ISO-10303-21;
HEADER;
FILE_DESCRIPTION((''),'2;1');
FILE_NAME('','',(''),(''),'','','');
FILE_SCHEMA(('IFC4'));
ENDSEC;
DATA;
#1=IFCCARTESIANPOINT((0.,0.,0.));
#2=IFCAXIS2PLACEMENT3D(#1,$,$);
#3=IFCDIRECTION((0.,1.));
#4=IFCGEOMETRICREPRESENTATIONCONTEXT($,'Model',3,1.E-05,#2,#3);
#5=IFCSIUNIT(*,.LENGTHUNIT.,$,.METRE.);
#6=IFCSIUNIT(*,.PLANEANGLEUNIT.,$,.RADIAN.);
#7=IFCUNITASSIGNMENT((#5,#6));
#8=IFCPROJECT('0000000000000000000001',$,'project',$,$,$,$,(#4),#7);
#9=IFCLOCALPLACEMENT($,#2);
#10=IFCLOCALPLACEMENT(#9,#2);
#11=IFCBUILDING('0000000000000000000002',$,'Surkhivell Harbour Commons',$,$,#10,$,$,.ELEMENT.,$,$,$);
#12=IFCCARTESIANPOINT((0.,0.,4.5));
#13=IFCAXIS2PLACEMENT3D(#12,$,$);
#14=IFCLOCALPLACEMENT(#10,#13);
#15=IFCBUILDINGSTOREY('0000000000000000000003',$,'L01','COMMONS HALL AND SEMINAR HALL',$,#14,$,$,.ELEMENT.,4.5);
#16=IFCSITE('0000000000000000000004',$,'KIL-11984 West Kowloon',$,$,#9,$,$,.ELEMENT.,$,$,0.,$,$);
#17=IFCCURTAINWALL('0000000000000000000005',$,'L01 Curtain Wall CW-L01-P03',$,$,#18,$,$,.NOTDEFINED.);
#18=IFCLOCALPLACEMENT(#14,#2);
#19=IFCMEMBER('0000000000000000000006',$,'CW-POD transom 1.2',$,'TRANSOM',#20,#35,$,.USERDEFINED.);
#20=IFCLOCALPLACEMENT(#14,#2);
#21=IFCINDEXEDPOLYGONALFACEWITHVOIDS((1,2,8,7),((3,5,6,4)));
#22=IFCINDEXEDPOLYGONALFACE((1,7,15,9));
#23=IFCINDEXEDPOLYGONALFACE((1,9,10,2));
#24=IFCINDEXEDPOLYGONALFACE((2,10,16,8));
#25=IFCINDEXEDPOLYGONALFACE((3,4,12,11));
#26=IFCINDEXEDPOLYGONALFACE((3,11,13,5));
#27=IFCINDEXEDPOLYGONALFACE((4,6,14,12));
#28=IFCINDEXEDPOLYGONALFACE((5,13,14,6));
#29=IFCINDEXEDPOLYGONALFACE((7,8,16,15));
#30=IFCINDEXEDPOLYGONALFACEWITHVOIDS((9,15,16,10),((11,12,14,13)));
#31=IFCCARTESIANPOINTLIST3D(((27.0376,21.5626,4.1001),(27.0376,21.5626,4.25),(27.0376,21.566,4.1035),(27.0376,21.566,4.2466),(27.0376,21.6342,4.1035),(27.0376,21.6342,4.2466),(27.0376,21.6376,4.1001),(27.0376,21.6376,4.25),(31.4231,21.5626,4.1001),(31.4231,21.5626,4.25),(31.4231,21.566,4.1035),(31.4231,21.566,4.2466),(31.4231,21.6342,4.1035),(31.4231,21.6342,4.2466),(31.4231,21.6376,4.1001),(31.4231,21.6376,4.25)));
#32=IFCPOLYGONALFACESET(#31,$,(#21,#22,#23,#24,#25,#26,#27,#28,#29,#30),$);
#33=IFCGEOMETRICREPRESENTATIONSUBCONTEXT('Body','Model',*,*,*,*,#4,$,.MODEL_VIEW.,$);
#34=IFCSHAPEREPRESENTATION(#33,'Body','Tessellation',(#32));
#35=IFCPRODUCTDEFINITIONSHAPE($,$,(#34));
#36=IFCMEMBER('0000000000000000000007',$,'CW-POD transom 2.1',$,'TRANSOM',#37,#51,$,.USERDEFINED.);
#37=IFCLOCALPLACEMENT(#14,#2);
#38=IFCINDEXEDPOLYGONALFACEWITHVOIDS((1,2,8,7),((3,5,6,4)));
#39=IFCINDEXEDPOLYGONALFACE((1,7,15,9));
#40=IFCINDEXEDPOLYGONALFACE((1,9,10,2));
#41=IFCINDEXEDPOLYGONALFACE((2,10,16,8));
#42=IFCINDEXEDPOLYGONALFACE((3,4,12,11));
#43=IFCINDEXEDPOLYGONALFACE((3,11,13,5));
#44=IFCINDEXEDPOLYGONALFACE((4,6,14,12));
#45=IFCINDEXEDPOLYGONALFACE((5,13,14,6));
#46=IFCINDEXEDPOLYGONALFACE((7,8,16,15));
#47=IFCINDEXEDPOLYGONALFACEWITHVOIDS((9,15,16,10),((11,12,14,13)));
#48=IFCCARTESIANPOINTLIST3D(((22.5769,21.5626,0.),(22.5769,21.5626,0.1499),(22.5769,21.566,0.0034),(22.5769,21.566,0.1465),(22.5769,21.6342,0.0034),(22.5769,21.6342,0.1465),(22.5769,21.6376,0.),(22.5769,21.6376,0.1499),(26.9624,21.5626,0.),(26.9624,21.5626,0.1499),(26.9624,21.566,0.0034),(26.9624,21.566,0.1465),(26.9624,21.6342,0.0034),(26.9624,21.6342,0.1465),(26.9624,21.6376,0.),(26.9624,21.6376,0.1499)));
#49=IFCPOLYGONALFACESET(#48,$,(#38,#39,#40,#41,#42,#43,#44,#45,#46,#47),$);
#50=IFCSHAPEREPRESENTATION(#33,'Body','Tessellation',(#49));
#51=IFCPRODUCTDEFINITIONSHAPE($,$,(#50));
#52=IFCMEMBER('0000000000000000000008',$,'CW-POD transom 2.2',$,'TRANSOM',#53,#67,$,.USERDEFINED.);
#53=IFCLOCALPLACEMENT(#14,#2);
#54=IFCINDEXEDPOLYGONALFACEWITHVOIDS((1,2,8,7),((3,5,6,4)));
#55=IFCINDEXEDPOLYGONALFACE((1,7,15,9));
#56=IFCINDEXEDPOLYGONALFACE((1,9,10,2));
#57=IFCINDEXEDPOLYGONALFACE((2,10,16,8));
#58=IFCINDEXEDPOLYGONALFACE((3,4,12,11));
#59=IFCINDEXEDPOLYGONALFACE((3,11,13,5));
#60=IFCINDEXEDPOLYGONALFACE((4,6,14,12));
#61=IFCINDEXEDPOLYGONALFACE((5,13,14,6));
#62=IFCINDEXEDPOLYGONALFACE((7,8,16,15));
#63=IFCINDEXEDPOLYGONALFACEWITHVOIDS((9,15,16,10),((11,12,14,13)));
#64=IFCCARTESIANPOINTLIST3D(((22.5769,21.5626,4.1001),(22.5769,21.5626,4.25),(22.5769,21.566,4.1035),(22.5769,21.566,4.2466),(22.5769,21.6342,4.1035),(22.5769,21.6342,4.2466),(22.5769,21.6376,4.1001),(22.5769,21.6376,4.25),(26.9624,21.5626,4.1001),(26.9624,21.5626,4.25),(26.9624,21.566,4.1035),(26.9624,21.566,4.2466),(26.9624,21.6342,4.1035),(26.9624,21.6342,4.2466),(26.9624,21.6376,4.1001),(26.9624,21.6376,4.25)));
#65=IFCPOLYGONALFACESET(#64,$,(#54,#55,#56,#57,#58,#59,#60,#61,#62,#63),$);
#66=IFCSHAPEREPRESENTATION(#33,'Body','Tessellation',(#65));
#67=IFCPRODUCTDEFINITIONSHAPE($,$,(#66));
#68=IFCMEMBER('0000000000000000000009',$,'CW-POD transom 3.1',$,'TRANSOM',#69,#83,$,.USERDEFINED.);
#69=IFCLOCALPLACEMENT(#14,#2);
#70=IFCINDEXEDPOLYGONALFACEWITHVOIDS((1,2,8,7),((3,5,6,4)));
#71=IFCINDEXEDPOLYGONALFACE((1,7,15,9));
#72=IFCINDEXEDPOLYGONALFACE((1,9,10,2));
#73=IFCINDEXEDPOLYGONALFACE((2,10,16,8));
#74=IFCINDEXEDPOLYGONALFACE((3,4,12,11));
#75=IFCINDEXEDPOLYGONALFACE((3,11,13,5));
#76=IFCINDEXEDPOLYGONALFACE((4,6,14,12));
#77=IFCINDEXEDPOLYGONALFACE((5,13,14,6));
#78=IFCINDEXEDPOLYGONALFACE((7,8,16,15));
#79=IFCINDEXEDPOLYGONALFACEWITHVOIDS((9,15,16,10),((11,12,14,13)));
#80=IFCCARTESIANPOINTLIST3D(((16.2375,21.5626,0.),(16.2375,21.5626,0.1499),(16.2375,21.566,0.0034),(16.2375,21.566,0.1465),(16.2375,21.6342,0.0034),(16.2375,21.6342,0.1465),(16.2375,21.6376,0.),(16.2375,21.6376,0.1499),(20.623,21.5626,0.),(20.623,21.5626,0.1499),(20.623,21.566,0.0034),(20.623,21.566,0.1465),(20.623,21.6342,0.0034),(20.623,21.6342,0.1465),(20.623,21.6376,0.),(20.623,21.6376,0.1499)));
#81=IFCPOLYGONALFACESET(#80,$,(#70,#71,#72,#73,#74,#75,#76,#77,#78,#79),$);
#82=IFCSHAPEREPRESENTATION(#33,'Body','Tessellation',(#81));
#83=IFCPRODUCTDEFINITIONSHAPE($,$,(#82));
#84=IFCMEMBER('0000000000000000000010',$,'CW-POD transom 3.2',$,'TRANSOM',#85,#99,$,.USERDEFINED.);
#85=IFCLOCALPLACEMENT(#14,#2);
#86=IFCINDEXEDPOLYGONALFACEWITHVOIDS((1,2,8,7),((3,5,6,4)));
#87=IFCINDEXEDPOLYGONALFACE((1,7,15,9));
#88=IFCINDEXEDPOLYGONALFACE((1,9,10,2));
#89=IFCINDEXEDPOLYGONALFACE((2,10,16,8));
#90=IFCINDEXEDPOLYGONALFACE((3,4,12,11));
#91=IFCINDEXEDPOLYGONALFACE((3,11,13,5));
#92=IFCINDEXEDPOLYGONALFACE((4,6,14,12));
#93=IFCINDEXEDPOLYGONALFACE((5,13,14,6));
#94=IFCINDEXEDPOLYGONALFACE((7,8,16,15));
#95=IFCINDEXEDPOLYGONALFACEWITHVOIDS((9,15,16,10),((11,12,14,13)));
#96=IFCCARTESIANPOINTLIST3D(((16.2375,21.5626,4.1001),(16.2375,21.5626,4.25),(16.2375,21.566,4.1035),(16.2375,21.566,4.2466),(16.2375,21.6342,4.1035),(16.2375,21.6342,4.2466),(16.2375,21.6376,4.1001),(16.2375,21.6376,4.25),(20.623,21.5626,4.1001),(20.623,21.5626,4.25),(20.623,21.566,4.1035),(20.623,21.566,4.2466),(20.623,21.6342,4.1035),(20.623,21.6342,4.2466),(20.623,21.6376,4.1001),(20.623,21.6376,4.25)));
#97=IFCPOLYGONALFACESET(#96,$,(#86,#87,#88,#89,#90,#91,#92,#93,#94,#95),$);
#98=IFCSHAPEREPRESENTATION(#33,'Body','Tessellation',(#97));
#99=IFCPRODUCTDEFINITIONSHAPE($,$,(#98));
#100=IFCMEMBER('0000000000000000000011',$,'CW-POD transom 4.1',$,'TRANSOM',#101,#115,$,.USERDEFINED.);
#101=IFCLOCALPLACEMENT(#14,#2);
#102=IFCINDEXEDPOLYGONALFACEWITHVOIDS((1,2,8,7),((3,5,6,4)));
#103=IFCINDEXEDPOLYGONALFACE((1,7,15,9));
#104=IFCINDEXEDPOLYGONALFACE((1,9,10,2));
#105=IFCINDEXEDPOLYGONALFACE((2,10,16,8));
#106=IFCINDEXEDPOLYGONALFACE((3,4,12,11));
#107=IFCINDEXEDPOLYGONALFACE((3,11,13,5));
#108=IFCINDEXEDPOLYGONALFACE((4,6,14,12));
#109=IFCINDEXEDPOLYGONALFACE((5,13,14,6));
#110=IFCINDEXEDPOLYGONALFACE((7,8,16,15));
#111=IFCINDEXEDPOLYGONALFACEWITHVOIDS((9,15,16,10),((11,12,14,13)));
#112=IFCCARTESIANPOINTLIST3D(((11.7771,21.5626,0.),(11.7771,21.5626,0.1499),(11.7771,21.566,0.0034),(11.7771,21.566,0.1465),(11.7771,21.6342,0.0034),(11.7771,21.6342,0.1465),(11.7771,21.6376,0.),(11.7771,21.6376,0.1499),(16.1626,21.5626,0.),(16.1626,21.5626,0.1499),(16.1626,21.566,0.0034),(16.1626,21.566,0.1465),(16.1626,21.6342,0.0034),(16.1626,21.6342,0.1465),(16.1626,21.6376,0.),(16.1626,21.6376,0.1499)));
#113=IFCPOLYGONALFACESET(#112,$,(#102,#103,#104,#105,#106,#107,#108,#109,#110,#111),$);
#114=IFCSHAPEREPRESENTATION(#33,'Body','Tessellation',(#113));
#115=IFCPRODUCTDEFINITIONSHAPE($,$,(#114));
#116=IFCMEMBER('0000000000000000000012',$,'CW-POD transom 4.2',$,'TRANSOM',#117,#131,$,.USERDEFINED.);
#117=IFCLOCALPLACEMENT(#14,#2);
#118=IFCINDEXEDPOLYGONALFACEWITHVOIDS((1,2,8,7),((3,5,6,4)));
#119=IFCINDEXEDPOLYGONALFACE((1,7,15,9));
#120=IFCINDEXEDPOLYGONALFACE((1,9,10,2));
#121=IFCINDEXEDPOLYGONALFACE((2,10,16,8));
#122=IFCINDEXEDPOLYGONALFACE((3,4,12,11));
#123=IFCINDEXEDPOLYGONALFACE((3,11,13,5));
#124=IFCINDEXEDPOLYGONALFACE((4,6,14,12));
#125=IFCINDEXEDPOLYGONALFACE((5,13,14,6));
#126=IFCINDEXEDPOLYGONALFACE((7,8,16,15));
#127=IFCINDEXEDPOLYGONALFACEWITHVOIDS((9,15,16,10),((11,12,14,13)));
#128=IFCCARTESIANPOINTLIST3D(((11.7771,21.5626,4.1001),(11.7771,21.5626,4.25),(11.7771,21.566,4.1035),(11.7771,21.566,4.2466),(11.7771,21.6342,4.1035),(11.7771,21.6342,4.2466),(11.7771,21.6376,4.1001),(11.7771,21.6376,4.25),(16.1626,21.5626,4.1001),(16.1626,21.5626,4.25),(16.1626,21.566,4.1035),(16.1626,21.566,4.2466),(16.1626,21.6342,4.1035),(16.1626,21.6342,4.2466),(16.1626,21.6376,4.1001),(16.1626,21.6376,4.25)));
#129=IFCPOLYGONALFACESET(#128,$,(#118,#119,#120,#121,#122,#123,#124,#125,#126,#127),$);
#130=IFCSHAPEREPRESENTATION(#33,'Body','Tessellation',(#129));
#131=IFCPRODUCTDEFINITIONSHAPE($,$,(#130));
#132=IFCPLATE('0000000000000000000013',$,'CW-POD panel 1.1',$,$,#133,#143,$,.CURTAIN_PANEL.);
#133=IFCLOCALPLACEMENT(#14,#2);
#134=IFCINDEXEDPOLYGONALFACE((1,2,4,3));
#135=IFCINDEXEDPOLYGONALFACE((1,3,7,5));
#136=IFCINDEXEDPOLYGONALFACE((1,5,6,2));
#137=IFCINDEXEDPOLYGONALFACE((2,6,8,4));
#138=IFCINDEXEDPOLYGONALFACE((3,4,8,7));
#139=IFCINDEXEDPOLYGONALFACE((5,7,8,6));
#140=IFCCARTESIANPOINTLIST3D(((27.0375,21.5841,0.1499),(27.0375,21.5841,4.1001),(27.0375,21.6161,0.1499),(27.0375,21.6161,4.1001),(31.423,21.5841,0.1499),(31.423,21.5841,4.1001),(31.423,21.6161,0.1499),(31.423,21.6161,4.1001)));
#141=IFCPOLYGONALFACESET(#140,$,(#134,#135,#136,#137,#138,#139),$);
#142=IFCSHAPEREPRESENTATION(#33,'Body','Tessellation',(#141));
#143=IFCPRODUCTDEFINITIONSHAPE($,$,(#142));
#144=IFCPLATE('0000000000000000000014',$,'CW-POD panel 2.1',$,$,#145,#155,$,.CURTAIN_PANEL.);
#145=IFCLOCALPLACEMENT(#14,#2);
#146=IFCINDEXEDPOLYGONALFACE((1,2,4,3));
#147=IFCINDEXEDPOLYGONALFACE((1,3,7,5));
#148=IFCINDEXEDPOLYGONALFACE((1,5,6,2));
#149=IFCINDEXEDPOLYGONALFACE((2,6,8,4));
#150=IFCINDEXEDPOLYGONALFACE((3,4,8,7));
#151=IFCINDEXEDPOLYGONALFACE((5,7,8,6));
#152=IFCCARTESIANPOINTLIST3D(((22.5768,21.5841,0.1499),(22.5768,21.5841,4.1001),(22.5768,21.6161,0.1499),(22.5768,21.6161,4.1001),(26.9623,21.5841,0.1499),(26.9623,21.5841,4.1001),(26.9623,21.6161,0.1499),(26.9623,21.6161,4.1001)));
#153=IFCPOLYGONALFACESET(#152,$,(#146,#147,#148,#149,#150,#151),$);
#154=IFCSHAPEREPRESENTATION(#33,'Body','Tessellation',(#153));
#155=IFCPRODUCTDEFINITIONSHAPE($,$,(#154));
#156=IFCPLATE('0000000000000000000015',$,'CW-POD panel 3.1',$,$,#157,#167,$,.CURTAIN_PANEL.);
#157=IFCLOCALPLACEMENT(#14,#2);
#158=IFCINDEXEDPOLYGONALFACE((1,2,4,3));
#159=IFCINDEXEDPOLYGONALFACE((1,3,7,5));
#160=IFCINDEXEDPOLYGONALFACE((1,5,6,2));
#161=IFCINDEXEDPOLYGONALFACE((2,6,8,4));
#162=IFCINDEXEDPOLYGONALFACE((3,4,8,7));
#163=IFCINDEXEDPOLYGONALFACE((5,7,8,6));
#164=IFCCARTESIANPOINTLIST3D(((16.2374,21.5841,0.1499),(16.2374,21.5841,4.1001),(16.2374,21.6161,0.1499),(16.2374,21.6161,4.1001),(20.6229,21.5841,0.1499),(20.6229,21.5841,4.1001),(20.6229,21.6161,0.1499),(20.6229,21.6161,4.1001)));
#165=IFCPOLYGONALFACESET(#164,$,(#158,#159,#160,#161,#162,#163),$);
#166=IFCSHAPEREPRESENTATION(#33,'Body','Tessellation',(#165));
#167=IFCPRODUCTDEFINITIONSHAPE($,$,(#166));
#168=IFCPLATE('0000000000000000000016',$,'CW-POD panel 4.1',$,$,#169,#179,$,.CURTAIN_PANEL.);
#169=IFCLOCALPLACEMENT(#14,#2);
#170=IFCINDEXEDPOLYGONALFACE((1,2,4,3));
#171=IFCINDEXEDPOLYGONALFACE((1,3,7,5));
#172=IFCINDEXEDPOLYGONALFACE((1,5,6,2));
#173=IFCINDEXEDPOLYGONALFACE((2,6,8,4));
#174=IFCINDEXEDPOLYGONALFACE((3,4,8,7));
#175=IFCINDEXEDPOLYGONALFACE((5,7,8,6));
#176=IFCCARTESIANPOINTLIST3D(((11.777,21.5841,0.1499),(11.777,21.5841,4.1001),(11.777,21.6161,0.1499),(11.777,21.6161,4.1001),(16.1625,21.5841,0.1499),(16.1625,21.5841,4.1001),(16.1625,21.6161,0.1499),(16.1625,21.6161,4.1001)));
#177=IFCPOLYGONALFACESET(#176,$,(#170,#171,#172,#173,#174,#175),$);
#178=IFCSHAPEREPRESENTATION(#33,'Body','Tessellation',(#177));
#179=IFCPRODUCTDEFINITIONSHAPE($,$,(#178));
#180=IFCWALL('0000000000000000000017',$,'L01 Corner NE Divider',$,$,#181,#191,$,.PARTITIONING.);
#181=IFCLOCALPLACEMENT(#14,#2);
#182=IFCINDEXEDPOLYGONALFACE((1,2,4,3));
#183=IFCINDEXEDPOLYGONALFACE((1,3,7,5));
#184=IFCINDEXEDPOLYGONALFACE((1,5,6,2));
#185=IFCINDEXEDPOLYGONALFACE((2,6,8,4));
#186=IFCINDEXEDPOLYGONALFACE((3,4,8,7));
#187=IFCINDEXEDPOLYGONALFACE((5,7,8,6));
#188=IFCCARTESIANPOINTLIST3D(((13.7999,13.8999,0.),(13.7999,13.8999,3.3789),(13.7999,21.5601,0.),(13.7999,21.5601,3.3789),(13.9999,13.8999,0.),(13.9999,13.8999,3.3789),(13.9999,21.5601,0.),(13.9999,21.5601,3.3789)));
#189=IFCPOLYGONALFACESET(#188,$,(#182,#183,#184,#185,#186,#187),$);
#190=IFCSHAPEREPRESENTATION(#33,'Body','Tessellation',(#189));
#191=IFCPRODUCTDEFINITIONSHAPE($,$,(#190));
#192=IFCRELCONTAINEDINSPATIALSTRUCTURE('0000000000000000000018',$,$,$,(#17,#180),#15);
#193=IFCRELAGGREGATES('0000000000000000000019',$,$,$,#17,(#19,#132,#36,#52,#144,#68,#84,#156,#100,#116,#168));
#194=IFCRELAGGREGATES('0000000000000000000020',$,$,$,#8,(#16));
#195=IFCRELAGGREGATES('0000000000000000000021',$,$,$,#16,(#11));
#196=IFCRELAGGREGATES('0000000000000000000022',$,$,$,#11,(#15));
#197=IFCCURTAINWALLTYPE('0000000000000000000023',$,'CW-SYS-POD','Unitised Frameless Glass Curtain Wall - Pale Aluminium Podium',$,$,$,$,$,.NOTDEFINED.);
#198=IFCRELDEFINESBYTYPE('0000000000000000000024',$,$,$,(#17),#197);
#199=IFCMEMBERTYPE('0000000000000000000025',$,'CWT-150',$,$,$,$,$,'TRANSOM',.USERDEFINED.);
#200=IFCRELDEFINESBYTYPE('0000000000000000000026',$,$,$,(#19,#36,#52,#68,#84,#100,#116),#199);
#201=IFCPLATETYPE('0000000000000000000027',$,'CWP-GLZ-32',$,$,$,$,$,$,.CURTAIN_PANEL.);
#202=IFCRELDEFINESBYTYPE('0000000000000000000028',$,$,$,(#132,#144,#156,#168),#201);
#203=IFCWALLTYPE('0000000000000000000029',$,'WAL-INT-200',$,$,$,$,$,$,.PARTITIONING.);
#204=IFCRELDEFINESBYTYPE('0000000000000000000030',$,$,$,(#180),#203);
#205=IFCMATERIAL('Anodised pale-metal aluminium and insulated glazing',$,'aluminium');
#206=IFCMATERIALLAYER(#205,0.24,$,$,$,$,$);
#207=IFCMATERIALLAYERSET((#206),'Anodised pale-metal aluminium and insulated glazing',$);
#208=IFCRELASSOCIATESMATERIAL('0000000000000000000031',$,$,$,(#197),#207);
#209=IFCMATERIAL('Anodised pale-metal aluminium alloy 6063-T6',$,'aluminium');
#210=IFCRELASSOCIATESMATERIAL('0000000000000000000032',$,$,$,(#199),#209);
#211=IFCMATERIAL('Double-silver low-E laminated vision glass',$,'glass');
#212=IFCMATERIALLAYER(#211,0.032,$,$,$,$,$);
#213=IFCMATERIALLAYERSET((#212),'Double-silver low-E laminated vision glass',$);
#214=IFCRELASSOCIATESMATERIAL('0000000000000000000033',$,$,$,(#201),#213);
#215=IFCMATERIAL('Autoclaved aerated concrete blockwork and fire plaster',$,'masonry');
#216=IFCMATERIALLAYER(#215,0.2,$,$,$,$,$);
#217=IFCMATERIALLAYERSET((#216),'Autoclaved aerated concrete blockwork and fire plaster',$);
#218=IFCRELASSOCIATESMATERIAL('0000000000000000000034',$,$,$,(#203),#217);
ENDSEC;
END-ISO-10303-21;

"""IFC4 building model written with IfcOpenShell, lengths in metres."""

from ifc_helpers import new_model, si_unit, direction, frame, frame_2d, origin, origin_2d, place, context, subcontext, project, spatial, rectangle, hollow_rectangle, extrude, material, layer, layer_set, material_profile, profile_set, type_object, element, aggregate, save


model = new_model("IFC4")

# Units and contexts
model_context = context("Model", 3, precision=1e-05, world=origin(), true_north=direction((0.0, 1.0)))
body_context = subcontext(model_context, "Body", "Model", "MODEL_VIEW")
ifc_project = project(units=[si_unit("LENGTHUNIT", "METRE"), si_unit("PLANEANGLEUNIT", "RADIAN")], contexts=[model_context])

# Site, building, storey
site_placement = place(None, origin())
site = spatial("IfcSite", under=ifc_project, at=site_placement, Name="KIL-11984 West Kowloon", CompositionType="ELEMENT", RefElevation=0.0)
building_placement = place(site_placement, origin())
building = spatial("IfcBuilding", under=site, at=building_placement, Name="Surkhivell Harbour Commons", CompositionType="ELEMENT")
storey_placement = place(building_placement, frame((0.0, 0.0, 4.5)))
storey = spatial("IfcBuildingStorey", under=building, at=storey_placement, Name="L01", Description="COMMONS HALL AND SEMINAR HALL", CompositionType="ELEMENT", Elevation=4.5)

# Curtain wall, members, plates
ifc_material_1 = material(Name="Anodised pale-metal aluminium and insulated glazing", Category="aluminium")
ifc_layer_1 = layer(ifc_material_1, 0.24)
ifc_layer_set_1 = layer_set([ifc_layer_1], Name="Anodised pale-metal aluminium and insulated glazing")
curtain_wall_type = type_object("IfcCurtainWallType", Name="CW-SYS-POD", Description="Unitised Frameless Glass Curtain Wall - Pale Aluminium Podium", PredefinedType="NOTDEFINED", material=ifc_layer_set_1)
curtain_wall_placement = place(storey_placement, origin())
curtain_wall = element("IfcCurtainWall", 1, at=curtain_wall_placement, inside=storey, type_object=curtain_wall_type, Name="L01 Curtain Wall CW-L01-P03", PredefinedType="NOTDEFINED")
ifc_material_2 = material(Name="Anodised pale-metal aluminium alloy 6063-T6", Category="aluminium")
ifc_material_profile_1 = material_profile(ifc_material_2, hollow_rectangle(XDim=0.075, YDim=0.1499, WallThickness=0.0034, at=origin_2d()), Name="ALU-TRAN-75x150")
ifc_profile_set_1 = profile_set([ifc_material_profile_1], Name="Anodised pale-metal aluminium alloy 6063-T6")
member_type_1 = type_object("IfcMemberType", Name="CWT-150", ElementType="TRANSOM", PredefinedType="USERDEFINED", material=ifc_profile_set_1)
member_1_placement = place(storey_placement, frame((31.4231, 21.6001, 4.175), z_axis=(-1.0, 0.0, 0.0), x_axis=(0.0, -1.0, 0.0)))
member_1 = element("IfcMember", 2, at=member_1_placement, type_object=member_type_1, Name="CW-POD transom 1.2", ObjectType="TRANSOM", PredefinedType="USERDEFINED", context=body_context, shape_type="SweptSolid", body=[
    extrude(hollow_rectangle(XDim=0.075, YDim=0.1499, WallThickness=0.0034, at=origin_2d()), origin(), (0.0, 0.0, 1.0), 4.3855),
])
member_2_placement = place(storey_placement, frame((26.9624, 21.6001, 0.075), z_axis=(-1.0, 0.0, 0.0), x_axis=(0.0, -1.0, 0.0)))
member_2 = element("IfcMember", 3, at=member_2_placement, type_object=member_type_1, Name="CW-POD transom 2.1", ObjectType="TRANSOM", PredefinedType="USERDEFINED", context=body_context, shape_type="SweptSolid", body=[
    extrude(hollow_rectangle(XDim=0.075, YDim=0.1499, WallThickness=0.0034, at=origin_2d()), origin(), (0.0, 0.0, 1.0), 4.3855),
])
member_3_placement = place(storey_placement, frame((26.9624, 21.6001, 4.175), z_axis=(-1.0, 0.0, 0.0), x_axis=(0.0, -1.0, 0.0)))
member_3 = element("IfcMember", 4, at=member_3_placement, type_object=member_type_1, Name="CW-POD transom 2.2", ObjectType="TRANSOM", PredefinedType="USERDEFINED", context=body_context, shape_type="SweptSolid", body=[
    extrude(hollow_rectangle(XDim=0.075, YDim=0.1499, WallThickness=0.0034, at=origin_2d()), origin(), (0.0, 0.0, 1.0), 4.3855),
])
member_4_placement = place(storey_placement, frame((20.623, 21.6001, 0.075), z_axis=(-1.0, 0.0, 0.0), x_axis=(0.0, -1.0, 0.0)))
member_4 = element("IfcMember", 5, at=member_4_placement, type_object=member_type_1, Name="CW-POD transom 3.1", ObjectType="TRANSOM", PredefinedType="USERDEFINED", context=body_context, shape_type="SweptSolid", body=[
    extrude(hollow_rectangle(XDim=0.075, YDim=0.1499, WallThickness=0.0034, at=origin_2d()), origin(), (0.0, 0.0, 1.0), 4.3855),
])
member_5_placement = place(storey_placement, frame((20.623, 21.6001, 4.175), z_axis=(-1.0, 0.0, 0.0), x_axis=(0.0, -1.0, 0.0)))
member_5 = element("IfcMember", 6, at=member_5_placement, type_object=member_type_1, Name="CW-POD transom 3.2", ObjectType="TRANSOM", PredefinedType="USERDEFINED", context=body_context, shape_type="SweptSolid", body=[
    extrude(hollow_rectangle(XDim=0.075, YDim=0.1499, WallThickness=0.0034, at=origin_2d()), origin(), (0.0, 0.0, 1.0), 4.3855),
])
member_6_placement = place(storey_placement, frame((16.1626, 21.6001, 0.075), z_axis=(-1.0, 0.0, 0.0), x_axis=(0.0, -1.0, 0.0)))
member_6 = element("IfcMember", 7, at=member_6_placement, type_object=member_type_1, Name="CW-POD transom 4.1", ObjectType="TRANSOM", PredefinedType="USERDEFINED", context=body_context, shape_type="SweptSolid", body=[
    extrude(hollow_rectangle(XDim=0.075, YDim=0.1499, WallThickness=0.0034, at=origin_2d()), origin(), (0.0, 0.0, 1.0), 4.3855),
])
member_7_placement = place(storey_placement, frame((16.1626, 21.6001, 4.175), z_axis=(-1.0, 0.0, 0.0), x_axis=(0.0, -1.0, 0.0)))
member_7 = element("IfcMember", 8, at=member_7_placement, type_object=member_type_1, Name="CW-POD transom 4.2", ObjectType="TRANSOM", PredefinedType="USERDEFINED", context=body_context, shape_type="SweptSolid", body=[
    extrude(hollow_rectangle(XDim=0.075, YDim=0.1499, WallThickness=0.0034, at=origin_2d()), origin(), (0.0, 0.0, 1.0), 4.3855),
])
ifc_material_3 = material(Name="Double-silver low-E laminated vision glass", Category="glass")
ifc_layer_2 = layer(ifc_material_3, 0.032)
ifc_layer_set_2 = layer_set([ifc_layer_2], Name="Double-silver low-E laminated vision glass")
plate_type = type_object("IfcPlateType", Name="CWP-GLZ-32", PredefinedType="CURTAIN_PANEL", material=ifc_layer_set_2)
plate_1_placement = place(storey_placement, frame((31.4231, 21.6001, 0.1499), z_axis=(0.0, 0.0, 1.0), x_axis=(-1.0, 0.0, 0.0)))
plate_1 = element("IfcPlate", 9, at=plate_1_placement, type_object=plate_type, Name="CW-POD panel 1.1", PredefinedType="CURTAIN_PANEL", context=body_context, shape_type="SweptSolid", body=[
    extrude(rectangle(XDim=4.3855, YDim=0.032, at=frame_2d((2.1929, 0.0))), origin(), (0.0, 0.0, 1.0), 3.9502),
])
plate_2_placement = place(storey_placement, frame((26.9624, 21.6001, 0.1499), z_axis=(0.0, 0.0, 1.0), x_axis=(-1.0, 0.0, 0.0)))
plate_2 = element("IfcPlate", 10, at=plate_2_placement, type_object=plate_type, Name="CW-POD panel 2.1", PredefinedType="CURTAIN_PANEL", context=body_context, shape_type="SweptSolid", body=[
    extrude(rectangle(XDim=4.3855, YDim=0.032, at=frame_2d((2.1929, 0.0))), origin(), (0.0, 0.0, 1.0), 3.9502),
])
plate_3_placement = place(storey_placement, frame((20.623, 21.6001, 0.1499), z_axis=(0.0, 0.0, 1.0), x_axis=(-1.0, 0.0, 0.0)))
plate_3 = element("IfcPlate", 11, at=plate_3_placement, type_object=plate_type, Name="CW-POD panel 3.1", PredefinedType="CURTAIN_PANEL", context=body_context, shape_type="SweptSolid", body=[
    extrude(rectangle(XDim=4.3855, YDim=0.032, at=frame_2d((2.1929, 0.0))), origin(), (0.0, 0.0, 1.0), 3.9502),
])
plate_4_placement = place(storey_placement, frame((16.1626, 21.6001, 0.1499), z_axis=(0.0, 0.0, 1.0), x_axis=(-1.0, 0.0, 0.0)))
plate_4 = element("IfcPlate", 12, at=plate_4_placement, type_object=plate_type, Name="CW-POD panel 4.1", PredefinedType="CURTAIN_PANEL", context=body_context, shape_type="SweptSolid", body=[
    extrude(rectangle(XDim=4.3855, YDim=0.032, at=frame_2d((2.1929, 0.0))), origin(), (0.0, 0.0, 1.0), 3.9502),
])
aggregate(curtain_wall, [member_1, plate_1, member_2, member_3, plate_2, member_4, member_5, plate_3, member_6, member_7, plate_4])

# Wall
ifc_material_4 = material(Name="Autoclaved aerated concrete blockwork and fire plaster", Category="masonry")
ifc_layer_3 = layer(ifc_material_4, 0.2)
ifc_layer_set_3 = layer_set([ifc_layer_3], Name="Autoclaved aerated concrete blockwork and fire plaster")
wall_type = type_object("IfcWallType", Name="WAL-INT-200", PredefinedType="PARTITIONING", material=ifc_layer_set_3)
wall_placement = place(storey_placement, frame((13.8999, 13.8999, 0.0), z_axis=(0.0, 0.0, 1.0), x_axis=(0.0, 1.0, 0.0)))
element("IfcWall", 13, at=wall_placement, inside=storey, type_object=wall_type, Name="L01 Corner NE Divider", PredefinedType="PARTITIONING", context=body_context, shape_type="SweptSolid", body=[
    extrude(rectangle(XDim=7.6602, YDim=0.2, at=frame_2d((3.8301, 0.0))), origin(), (0.0, 0.0, 1.0), 3.3789),
])

save(model, "model.ifc")
